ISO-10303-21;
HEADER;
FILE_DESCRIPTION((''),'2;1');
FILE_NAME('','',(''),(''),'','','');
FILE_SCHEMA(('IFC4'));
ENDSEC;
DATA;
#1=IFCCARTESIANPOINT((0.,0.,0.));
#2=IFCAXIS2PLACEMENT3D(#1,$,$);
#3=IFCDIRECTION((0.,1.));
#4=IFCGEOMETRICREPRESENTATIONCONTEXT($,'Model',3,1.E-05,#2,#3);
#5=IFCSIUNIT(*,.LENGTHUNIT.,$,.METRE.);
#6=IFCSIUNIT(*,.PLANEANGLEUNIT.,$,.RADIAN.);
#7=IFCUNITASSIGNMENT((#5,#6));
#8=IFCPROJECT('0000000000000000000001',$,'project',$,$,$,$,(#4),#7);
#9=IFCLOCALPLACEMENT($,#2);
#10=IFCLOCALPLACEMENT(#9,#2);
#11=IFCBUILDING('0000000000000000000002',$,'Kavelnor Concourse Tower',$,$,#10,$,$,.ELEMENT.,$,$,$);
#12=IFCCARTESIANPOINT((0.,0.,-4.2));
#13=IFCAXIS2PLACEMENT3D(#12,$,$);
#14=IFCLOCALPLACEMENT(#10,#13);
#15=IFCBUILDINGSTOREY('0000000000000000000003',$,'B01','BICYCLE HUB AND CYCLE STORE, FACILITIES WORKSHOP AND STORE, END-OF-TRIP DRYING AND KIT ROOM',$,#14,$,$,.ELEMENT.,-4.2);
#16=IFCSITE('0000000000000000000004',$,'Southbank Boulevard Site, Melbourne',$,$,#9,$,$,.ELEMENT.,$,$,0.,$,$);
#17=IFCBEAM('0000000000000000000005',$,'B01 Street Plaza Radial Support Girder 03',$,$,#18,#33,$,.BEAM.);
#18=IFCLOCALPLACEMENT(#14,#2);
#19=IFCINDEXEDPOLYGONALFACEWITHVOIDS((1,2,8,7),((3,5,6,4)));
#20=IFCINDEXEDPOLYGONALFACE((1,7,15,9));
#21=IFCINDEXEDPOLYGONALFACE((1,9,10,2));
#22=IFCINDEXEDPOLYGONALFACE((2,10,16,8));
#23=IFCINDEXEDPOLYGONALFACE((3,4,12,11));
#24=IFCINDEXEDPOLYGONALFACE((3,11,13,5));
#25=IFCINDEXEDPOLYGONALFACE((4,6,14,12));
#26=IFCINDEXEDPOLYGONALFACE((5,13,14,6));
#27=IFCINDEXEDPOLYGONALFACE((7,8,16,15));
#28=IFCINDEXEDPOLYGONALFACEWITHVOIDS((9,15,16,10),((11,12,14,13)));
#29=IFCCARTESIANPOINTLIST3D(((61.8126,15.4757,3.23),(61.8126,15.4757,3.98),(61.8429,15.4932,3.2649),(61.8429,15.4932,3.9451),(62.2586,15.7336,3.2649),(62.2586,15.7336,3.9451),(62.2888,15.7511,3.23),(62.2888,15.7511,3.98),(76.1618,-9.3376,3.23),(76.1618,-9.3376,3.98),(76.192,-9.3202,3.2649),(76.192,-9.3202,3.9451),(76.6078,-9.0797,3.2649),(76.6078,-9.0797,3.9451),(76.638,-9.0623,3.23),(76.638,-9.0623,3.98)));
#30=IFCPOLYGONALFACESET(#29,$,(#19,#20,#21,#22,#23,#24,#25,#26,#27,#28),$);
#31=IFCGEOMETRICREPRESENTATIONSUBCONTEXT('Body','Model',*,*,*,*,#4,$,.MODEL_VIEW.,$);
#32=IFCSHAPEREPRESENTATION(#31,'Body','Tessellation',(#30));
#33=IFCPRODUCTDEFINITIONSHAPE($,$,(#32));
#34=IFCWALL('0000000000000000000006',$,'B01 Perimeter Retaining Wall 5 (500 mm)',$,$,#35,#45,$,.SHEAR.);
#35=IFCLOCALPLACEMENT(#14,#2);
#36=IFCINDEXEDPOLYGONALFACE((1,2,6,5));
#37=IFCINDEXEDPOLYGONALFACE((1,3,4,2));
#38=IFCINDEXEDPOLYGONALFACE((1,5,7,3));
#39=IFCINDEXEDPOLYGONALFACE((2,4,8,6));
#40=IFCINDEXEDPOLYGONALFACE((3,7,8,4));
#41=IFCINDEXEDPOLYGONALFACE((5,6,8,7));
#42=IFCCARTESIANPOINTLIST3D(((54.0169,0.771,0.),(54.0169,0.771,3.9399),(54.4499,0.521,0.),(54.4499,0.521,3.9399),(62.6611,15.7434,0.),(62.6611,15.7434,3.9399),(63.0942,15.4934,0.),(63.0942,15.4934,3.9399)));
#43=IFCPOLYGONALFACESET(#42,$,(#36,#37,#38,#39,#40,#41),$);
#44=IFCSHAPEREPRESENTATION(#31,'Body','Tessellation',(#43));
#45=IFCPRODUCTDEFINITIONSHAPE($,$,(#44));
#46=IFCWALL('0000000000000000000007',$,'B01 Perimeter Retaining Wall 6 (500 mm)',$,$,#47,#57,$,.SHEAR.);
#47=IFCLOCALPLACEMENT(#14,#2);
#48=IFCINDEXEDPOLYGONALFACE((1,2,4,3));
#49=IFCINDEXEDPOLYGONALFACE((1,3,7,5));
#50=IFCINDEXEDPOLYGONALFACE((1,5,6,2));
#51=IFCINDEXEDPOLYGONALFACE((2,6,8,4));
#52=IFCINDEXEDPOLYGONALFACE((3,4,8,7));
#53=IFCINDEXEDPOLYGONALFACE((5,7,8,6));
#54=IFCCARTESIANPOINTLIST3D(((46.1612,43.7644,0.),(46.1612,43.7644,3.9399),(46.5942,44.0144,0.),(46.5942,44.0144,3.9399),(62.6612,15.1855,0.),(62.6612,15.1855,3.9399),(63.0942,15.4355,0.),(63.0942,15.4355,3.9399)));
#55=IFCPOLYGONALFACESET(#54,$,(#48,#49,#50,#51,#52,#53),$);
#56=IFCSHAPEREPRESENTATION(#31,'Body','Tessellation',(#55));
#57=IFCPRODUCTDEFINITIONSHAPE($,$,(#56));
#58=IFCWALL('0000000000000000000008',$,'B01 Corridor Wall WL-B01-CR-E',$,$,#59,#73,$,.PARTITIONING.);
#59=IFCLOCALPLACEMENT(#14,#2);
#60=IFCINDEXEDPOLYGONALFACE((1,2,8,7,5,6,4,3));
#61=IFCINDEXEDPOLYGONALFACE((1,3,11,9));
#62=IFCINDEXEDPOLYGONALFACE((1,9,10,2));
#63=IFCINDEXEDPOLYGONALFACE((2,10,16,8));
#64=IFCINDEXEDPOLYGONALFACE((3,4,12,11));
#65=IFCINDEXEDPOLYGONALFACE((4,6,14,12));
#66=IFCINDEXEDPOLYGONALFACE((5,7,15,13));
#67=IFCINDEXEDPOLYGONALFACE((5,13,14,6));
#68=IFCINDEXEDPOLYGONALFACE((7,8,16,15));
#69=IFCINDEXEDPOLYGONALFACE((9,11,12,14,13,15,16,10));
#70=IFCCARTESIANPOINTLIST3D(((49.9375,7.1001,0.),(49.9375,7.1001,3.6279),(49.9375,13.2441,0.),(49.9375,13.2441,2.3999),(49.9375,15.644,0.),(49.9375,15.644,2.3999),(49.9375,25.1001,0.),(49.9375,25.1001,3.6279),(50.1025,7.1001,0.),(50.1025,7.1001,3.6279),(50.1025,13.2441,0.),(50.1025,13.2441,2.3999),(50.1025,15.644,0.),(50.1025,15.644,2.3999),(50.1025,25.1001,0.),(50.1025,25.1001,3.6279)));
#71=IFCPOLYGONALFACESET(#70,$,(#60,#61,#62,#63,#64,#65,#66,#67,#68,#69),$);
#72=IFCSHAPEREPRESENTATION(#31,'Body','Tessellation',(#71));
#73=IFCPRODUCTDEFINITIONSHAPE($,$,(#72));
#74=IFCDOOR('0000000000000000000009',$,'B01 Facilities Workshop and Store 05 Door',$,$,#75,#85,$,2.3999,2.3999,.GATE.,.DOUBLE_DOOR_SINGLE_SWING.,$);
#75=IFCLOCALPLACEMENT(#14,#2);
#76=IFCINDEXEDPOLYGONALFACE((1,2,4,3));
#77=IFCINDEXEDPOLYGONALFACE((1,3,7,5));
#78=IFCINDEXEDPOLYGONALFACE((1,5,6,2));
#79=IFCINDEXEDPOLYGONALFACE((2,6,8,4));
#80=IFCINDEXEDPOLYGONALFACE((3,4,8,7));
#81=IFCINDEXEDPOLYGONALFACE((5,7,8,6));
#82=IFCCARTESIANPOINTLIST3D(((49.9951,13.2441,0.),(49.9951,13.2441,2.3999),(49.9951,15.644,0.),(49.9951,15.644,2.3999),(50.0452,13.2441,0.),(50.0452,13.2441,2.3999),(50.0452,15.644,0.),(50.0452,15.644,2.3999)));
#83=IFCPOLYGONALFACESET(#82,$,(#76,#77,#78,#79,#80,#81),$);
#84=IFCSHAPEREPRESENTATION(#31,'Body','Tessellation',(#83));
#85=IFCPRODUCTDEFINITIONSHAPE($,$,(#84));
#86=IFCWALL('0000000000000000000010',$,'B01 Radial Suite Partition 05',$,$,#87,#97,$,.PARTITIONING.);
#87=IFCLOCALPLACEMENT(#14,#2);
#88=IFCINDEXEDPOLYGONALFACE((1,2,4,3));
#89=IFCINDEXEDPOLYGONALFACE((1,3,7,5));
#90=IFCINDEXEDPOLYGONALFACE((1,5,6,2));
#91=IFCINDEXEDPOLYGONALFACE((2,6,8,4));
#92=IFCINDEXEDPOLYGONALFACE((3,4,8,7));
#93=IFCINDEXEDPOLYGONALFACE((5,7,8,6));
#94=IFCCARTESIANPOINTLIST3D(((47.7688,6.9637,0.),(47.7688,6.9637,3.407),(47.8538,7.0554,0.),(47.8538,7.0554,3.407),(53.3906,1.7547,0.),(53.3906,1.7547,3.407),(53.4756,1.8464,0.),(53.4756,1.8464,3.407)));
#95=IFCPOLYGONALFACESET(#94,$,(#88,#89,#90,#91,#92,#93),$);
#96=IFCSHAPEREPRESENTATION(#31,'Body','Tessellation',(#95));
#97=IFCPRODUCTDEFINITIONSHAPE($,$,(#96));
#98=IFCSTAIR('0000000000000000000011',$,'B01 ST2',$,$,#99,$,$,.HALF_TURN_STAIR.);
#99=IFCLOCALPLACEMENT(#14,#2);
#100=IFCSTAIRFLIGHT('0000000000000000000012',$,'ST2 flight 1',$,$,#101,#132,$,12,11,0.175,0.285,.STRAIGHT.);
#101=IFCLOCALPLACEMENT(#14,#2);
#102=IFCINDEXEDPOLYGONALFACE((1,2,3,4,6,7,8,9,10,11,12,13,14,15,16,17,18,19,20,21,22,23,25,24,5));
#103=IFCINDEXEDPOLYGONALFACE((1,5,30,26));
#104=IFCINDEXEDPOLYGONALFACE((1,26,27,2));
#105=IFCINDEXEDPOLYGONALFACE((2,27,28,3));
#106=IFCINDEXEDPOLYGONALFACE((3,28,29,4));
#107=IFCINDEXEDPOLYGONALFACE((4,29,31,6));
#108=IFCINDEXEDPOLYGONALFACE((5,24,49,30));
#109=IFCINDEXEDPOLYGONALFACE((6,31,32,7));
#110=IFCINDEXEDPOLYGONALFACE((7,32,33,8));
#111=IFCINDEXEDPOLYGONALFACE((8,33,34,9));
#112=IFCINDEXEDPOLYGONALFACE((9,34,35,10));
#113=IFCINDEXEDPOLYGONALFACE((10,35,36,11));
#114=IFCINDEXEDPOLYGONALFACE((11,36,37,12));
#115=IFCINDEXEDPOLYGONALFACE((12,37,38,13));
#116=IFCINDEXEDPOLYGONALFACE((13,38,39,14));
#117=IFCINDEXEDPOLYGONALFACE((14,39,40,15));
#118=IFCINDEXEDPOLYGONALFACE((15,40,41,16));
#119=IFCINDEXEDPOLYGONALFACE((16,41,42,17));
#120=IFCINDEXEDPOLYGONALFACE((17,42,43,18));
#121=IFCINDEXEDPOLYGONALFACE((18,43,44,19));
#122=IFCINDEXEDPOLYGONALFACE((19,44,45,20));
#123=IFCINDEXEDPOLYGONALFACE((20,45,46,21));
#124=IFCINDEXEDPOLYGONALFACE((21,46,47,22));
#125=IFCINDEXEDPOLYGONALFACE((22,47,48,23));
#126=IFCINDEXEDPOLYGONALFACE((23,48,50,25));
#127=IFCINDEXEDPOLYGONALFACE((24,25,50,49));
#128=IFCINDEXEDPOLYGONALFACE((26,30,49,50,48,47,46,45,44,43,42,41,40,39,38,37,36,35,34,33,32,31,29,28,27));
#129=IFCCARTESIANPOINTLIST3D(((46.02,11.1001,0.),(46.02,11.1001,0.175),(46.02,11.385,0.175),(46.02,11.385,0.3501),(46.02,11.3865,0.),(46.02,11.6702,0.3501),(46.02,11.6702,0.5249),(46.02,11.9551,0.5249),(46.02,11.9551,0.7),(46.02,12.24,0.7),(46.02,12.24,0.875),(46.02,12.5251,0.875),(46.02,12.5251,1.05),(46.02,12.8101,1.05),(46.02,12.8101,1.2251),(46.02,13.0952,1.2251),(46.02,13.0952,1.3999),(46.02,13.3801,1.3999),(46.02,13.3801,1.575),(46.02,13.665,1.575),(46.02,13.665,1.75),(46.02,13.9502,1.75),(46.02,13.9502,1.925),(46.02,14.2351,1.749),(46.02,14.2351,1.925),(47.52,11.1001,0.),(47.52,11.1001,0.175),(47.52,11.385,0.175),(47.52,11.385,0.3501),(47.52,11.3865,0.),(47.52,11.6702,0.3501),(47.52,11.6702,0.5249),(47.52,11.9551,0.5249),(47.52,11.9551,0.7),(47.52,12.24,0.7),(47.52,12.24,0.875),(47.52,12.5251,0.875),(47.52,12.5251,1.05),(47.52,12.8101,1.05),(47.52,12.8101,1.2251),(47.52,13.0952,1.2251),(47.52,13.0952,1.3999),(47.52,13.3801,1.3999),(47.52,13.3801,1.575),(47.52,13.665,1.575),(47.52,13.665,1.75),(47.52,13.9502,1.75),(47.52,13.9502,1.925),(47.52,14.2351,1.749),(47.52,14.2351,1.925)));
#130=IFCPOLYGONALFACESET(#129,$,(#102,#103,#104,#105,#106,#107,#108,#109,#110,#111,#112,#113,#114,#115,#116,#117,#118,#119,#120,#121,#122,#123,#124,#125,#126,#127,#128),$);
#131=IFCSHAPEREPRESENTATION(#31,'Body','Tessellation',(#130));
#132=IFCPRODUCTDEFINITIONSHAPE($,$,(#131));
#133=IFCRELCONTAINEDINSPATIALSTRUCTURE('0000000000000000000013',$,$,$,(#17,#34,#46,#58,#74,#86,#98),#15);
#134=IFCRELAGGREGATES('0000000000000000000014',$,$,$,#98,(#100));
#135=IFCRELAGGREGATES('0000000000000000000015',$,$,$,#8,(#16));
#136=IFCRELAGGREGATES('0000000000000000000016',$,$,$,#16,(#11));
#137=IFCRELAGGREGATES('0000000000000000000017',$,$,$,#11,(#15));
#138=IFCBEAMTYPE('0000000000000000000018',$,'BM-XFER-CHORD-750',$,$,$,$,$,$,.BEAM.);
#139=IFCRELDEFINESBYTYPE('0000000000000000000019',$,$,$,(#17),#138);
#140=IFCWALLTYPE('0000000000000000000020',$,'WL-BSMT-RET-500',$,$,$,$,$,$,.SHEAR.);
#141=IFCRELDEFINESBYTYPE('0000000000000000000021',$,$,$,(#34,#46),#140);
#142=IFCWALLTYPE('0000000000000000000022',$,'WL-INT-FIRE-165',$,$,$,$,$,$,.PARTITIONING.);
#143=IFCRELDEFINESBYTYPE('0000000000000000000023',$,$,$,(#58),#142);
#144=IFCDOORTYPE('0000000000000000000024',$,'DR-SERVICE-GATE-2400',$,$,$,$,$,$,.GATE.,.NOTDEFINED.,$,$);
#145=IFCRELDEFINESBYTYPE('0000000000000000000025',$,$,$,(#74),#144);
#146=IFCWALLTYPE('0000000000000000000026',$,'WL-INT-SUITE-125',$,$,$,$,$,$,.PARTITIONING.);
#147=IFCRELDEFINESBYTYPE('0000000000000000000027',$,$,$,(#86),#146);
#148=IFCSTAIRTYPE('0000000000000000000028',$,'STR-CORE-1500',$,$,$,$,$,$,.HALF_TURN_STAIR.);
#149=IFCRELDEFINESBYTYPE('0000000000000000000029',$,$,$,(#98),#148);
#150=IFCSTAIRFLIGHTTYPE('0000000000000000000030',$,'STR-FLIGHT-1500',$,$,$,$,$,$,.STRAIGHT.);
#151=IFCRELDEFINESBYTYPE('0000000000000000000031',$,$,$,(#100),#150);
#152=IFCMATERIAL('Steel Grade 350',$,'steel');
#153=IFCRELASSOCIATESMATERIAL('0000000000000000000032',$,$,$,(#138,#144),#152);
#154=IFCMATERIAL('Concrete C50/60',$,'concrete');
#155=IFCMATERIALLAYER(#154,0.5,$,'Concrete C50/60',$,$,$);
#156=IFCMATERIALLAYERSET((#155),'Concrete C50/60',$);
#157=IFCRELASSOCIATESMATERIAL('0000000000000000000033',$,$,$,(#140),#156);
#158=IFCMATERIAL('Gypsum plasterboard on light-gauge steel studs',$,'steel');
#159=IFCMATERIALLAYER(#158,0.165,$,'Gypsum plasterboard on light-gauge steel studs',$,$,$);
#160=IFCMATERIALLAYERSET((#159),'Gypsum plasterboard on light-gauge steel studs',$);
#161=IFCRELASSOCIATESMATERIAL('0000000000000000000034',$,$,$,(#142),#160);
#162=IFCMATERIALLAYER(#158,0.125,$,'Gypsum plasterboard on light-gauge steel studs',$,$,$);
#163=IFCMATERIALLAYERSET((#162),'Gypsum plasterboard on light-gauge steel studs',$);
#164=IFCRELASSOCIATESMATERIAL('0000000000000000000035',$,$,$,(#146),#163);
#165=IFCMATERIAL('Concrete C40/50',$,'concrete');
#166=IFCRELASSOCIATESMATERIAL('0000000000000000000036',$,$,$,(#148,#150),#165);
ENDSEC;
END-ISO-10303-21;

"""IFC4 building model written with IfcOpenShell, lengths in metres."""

from ifc_helpers import new_model, si_unit, direction, frame, frame_2d, origin, origin_2d, place, context, subcontext, project, spatial, polyline, rectangle, hollow_rectangle, outline, extrude, material, layer, layer_set, material_profile, profile_set, type_object, element, fill, aggregate, save


model = new_model("IFC4")

# Units and contexts
model_context = context("Model", 3, precision=1e-05, world=origin(), true_north=direction((0.0, 1.0)))
body_context = subcontext(model_context, "Body", "Model", "MODEL_VIEW")
ifc_project = project(units=[si_unit("LENGTHUNIT", "METRE"), si_unit("PLANEANGLEUNIT", "RADIAN")], contexts=[model_context])

# Site, building, storey
site_placement = place(None, origin())
site = spatial("IfcSite", under=ifc_project, at=site_placement, Name="Southbank Boulevard Site, Melbourne", CompositionType="ELEMENT", RefElevation=0.0)
building_placement = place(site_placement, origin())
building = spatial("IfcBuilding", under=site, at=building_placement, Name="Kavelnor Concourse Tower", CompositionType="ELEMENT")
storey_placement = place(building_placement, frame((0.0, 0.0, -4.2)))
storey = spatial("IfcBuildingStorey", under=building, at=storey_placement, Name="B01", Description="BICYCLE HUB AND CYCLE STORE, FACILITIES WORKSHOP AND STORE, END-OF-TRIP DRYING AND KIT ROOM", CompositionType="ELEMENT", Elevation=-4.2)

# Shared definitions
ifc_material_1 = material(Name="Steel Grade 350", Category="steel")

# Beam
ifc_material_profile_1 = material_profile(ifc_material_1, hollow_rectangle(XDim=0.55, YDim=0.75, WallThickness=0.0349, at=origin_2d()), Name="RHS 750x550x35")
ifc_profile_set_1 = profile_set([ifc_material_profile_1], Name="Steel Grade 350")
beam_type_1 = type_object("IfcBeamType", Name="BM-XFER-CHORD-750", PredefinedType="BEAM", material=ifc_profile_set_1)
beam_1_placement = place(storey_placement, frame((76.3999, -9.2, 3.605), z_axis=(-0.500607, 0.865675, 0.0), x_axis=(-0.865675, -0.500607, 0.0)))
element("IfcBeam", 1, at=beam_1_placement, inside=storey, type_object=beam_type_1, Name="B01 Street Plaza Radial Support Girder 03", PredefinedType="BEAM", context=body_context, shape_type="SweptSolid", body=[
    extrude(hollow_rectangle(XDim=0.55, YDim=0.75, WallThickness=0.0349, at=origin_2d()), origin(), (0.0, 0.0, 1.0), 28.6636),
])

# Walls
ifc_material_2 = material(Name="Concrete C50/60", Category="concrete")
ifc_layer_1 = layer(ifc_material_2, 0.5, Name="Concrete C50/60")
ifc_layer_set_1 = layer_set([ifc_layer_1], Name="Concrete C50/60")
wall_type_1 = type_object("IfcWallType", Name="WL-BSMT-RET-500", PredefinedType="SHEAR", material=ifc_layer_set_1)
wall_1_placement = place(storey_placement, frame((54.2334, 0.646, 0.0), z_axis=(0.0, 0.0, 1.0), x_axis=(0.499998, 0.866026, 0.0)))
element("IfcWall", 2, at=wall_1_placement, inside=storey, type_object=wall_type_1, Name="B01 Perimeter Retaining Wall 5 (500 mm)", PredefinedType="SHEAR", context=body_context, shape_type="SweptSolid", body=[
    extrude(rectangle(XDim=17.2886, YDim=0.5, at=frame_2d((8.6443, 0.0))), origin(), (0.0, 0.0, 1.0), 3.9399),
])
wall_2_placement = place(storey_placement, frame((62.8777, 15.3105, 0.0), z_axis=(0.0, 0.0, 1.0), x_axis=(-0.5, 0.866026, 0.0)))
element("IfcWall", 3, at=wall_2_placement, inside=storey, type_object=wall_type_1, Name="B01 Perimeter Retaining Wall 6 (500 mm)", PredefinedType="SHEAR", context=body_context, shape_type="SweptSolid", body=[
    extrude(rectangle(XDim=33.0, YDim=0.5, at=frame_2d((16.5, 0.0))), origin(), (0.0, 0.0, 1.0), 3.9399),
])

# Wall, opening, door
ifc_material_3 = material(Name="Gypsum plasterboard on light-gauge steel studs", Category="steel")
ifc_layer_2 = layer(ifc_material_3, 0.165, Name="Gypsum plasterboard on light-gauge steel studs")
ifc_layer_set_2 = layer_set([ifc_layer_2], Name="Gypsum plasterboard on light-gauge steel studs")
wall_type_2 = type_object("IfcWallType", Name="WL-INT-FIRE-165", PredefinedType="PARTITIONING", material=ifc_layer_set_2)
wall_3_placement = place(storey_placement, frame((50.02, 7.1001, 0.0), z_axis=(0.0, 0.0, 1.0), x_axis=(0.0, 1.0, 0.0)))
wall_3 = element("IfcWall", 4, at=wall_3_placement, inside=storey, type_object=wall_type_2, Name="B01 Corridor Wall WL-B01-CR-E", PredefinedType="PARTITIONING", context=body_context, shape_type="SweptSolid", body=[
    extrude(rectangle(XDim=18.0, YDim=0.165, at=frame_2d((9.0, 0.0))), origin(), (0.0, 0.0, 1.0), 3.6279),
])
opening_1_placement = place(wall_3_placement, frame((6.144, 0.0, 0.0)))
opening_1 = element("IfcOpeningElement", 5, at=opening_1_placement, cuts=wall_3, PredefinedType="OPENING", context=body_context, shape_type="SweptSolid", body=[
    extrude(rectangle(XDim=2.3999, YDim=2.3999, at=frame_2d((1.2, 1.2))), frame((0.0, 0.0925, 0.0), z_axis=(0.0, -1.0, 0.0), x_axis=(1.0, 0.0, 0.0)), (0.0, 0.0, 1.0), 0.1851),
])
door_type_1 = type_object("IfcDoorType", Name="DR-SERVICE-GATE-2400", OperationType="NOTDEFINED", PredefinedType="GATE", material=ifc_material_1)
door_1_placement = place(opening_1_placement, origin())
door_1 = element("IfcDoor", 6, at=door_1_placement, inside=storey, type_object=door_type_1, Name="B01 Facilities Workshop and Store 05 Door", OperationType="DOUBLE_DOOR_SINGLE_SWING", OverallHeight=2.3999, OverallWidth=2.3999, PredefinedType="GATE", context=body_context, shape_type="SweptSolid", body=[
    extrude(rectangle(XDim=2.3999, YDim=2.3999, at=frame_2d((1.2, 1.2))), frame((0.0, 0.0249, 0.0), z_axis=(0.0, -1.0, 0.0), x_axis=(1.0, 0.0, 0.0)), (0.0, 0.0, 1.0), 0.05),
])
fill(opening_1, door_1)

# Wall
ifc_layer_3 = layer(ifc_material_3, 0.125, Name="Gypsum plasterboard on light-gauge steel studs")
ifc_layer_set_3 = layer_set([ifc_layer_3], Name="Gypsum plasterboard on light-gauge steel studs")
wall_type_3 = type_object("IfcWallType", Name="WL-INT-SUITE-125", PredefinedType="PARTITIONING", material=ifc_layer_set_3)
wall_4_placement = place(storey_placement, frame((47.8113, 7.0095, 0.0), z_axis=(0.0, 0.0, 1.0), x_axis=(0.733527, -0.67966, 0.0)))
element("IfcWall", 7, at=wall_4_placement, inside=storey, type_object=wall_type_3, Name="B01 Radial Suite Partition 05", PredefinedType="PARTITIONING", context=body_context, shape_type="SweptSolid", body=[
    extrude(rectangle(XDim=7.6641, YDim=0.125, at=frame_2d((3.832, 0.0))), origin(), (0.0, 0.0, 1.0), 3.407),
])

# Stair, stair flight
ifc_material_4 = material(Name="Concrete C40/50", Category="concrete")
stair_type = type_object("IfcStairType", Name="STR-CORE-1500", PredefinedType="HALF_TURN_STAIR", material=ifc_material_4)
stair_placement = place(storey_placement, origin())
stair = element("IfcStair", 8, at=stair_placement, inside=storey, type_object=stair_type, Name="B01 ST2", PredefinedType="HALF_TURN_STAIR")
stair_flight_type = type_object("IfcStairFlightType", Name="STR-FLIGHT-1500", PredefinedType="STRAIGHT", material=ifc_material_4)
stair_flight_placement = place(storey_placement, frame((46.77, 11.1001, 0.0), z_axis=(0.0, 0.0, 1.0), x_axis=(0.0, 1.0, 0.0)))
stair_flight = element("IfcStairFlight", 9, at=stair_flight_placement, type_object=stair_flight_type, Name="ST2 flight 1", NumberOfRisers=12, NumberOfTreads=11, PredefinedType="STRAIGHT", RiserHeight=0.175, TreadLength=0.285, context=body_context, shape_type="SweptSolid", body=[
    extrude(outline(polyline([(0.0, 0.0), (0.0, 0.175), (0.2849, 0.175), (0.2849, 0.3501), (0.5701, 0.3501), (0.5701, 0.5249), (0.855, 0.5249), (0.855, 0.7), (1.1399, 0.7), (1.1399, 0.875), (1.425, 0.875), (1.425, 1.05), (1.71, 1.05), (1.71, 1.2251), (1.9951, 1.2251), (1.9951, 1.3999), (2.28, 1.3999), (2.28, 1.575), (2.5649, 1.575), (2.5649, 1.75), (2.8501, 1.75), (2.8501, 1.925), (3.135, 1.925), (3.135, 2.1001), (3.135, 1.749), (0.2864, 0.0), (0.0, 0.0)])), frame((0.0, 0.75, 0.0), z_axis=(0.0, -1.0, 0.0), x_axis=(1.0, 0.0, 0.0)), (0.0, 0.0, 1.0), 1.5),
])
aggregate(stair, [stair_flight])

save(model, "model.ifc")
